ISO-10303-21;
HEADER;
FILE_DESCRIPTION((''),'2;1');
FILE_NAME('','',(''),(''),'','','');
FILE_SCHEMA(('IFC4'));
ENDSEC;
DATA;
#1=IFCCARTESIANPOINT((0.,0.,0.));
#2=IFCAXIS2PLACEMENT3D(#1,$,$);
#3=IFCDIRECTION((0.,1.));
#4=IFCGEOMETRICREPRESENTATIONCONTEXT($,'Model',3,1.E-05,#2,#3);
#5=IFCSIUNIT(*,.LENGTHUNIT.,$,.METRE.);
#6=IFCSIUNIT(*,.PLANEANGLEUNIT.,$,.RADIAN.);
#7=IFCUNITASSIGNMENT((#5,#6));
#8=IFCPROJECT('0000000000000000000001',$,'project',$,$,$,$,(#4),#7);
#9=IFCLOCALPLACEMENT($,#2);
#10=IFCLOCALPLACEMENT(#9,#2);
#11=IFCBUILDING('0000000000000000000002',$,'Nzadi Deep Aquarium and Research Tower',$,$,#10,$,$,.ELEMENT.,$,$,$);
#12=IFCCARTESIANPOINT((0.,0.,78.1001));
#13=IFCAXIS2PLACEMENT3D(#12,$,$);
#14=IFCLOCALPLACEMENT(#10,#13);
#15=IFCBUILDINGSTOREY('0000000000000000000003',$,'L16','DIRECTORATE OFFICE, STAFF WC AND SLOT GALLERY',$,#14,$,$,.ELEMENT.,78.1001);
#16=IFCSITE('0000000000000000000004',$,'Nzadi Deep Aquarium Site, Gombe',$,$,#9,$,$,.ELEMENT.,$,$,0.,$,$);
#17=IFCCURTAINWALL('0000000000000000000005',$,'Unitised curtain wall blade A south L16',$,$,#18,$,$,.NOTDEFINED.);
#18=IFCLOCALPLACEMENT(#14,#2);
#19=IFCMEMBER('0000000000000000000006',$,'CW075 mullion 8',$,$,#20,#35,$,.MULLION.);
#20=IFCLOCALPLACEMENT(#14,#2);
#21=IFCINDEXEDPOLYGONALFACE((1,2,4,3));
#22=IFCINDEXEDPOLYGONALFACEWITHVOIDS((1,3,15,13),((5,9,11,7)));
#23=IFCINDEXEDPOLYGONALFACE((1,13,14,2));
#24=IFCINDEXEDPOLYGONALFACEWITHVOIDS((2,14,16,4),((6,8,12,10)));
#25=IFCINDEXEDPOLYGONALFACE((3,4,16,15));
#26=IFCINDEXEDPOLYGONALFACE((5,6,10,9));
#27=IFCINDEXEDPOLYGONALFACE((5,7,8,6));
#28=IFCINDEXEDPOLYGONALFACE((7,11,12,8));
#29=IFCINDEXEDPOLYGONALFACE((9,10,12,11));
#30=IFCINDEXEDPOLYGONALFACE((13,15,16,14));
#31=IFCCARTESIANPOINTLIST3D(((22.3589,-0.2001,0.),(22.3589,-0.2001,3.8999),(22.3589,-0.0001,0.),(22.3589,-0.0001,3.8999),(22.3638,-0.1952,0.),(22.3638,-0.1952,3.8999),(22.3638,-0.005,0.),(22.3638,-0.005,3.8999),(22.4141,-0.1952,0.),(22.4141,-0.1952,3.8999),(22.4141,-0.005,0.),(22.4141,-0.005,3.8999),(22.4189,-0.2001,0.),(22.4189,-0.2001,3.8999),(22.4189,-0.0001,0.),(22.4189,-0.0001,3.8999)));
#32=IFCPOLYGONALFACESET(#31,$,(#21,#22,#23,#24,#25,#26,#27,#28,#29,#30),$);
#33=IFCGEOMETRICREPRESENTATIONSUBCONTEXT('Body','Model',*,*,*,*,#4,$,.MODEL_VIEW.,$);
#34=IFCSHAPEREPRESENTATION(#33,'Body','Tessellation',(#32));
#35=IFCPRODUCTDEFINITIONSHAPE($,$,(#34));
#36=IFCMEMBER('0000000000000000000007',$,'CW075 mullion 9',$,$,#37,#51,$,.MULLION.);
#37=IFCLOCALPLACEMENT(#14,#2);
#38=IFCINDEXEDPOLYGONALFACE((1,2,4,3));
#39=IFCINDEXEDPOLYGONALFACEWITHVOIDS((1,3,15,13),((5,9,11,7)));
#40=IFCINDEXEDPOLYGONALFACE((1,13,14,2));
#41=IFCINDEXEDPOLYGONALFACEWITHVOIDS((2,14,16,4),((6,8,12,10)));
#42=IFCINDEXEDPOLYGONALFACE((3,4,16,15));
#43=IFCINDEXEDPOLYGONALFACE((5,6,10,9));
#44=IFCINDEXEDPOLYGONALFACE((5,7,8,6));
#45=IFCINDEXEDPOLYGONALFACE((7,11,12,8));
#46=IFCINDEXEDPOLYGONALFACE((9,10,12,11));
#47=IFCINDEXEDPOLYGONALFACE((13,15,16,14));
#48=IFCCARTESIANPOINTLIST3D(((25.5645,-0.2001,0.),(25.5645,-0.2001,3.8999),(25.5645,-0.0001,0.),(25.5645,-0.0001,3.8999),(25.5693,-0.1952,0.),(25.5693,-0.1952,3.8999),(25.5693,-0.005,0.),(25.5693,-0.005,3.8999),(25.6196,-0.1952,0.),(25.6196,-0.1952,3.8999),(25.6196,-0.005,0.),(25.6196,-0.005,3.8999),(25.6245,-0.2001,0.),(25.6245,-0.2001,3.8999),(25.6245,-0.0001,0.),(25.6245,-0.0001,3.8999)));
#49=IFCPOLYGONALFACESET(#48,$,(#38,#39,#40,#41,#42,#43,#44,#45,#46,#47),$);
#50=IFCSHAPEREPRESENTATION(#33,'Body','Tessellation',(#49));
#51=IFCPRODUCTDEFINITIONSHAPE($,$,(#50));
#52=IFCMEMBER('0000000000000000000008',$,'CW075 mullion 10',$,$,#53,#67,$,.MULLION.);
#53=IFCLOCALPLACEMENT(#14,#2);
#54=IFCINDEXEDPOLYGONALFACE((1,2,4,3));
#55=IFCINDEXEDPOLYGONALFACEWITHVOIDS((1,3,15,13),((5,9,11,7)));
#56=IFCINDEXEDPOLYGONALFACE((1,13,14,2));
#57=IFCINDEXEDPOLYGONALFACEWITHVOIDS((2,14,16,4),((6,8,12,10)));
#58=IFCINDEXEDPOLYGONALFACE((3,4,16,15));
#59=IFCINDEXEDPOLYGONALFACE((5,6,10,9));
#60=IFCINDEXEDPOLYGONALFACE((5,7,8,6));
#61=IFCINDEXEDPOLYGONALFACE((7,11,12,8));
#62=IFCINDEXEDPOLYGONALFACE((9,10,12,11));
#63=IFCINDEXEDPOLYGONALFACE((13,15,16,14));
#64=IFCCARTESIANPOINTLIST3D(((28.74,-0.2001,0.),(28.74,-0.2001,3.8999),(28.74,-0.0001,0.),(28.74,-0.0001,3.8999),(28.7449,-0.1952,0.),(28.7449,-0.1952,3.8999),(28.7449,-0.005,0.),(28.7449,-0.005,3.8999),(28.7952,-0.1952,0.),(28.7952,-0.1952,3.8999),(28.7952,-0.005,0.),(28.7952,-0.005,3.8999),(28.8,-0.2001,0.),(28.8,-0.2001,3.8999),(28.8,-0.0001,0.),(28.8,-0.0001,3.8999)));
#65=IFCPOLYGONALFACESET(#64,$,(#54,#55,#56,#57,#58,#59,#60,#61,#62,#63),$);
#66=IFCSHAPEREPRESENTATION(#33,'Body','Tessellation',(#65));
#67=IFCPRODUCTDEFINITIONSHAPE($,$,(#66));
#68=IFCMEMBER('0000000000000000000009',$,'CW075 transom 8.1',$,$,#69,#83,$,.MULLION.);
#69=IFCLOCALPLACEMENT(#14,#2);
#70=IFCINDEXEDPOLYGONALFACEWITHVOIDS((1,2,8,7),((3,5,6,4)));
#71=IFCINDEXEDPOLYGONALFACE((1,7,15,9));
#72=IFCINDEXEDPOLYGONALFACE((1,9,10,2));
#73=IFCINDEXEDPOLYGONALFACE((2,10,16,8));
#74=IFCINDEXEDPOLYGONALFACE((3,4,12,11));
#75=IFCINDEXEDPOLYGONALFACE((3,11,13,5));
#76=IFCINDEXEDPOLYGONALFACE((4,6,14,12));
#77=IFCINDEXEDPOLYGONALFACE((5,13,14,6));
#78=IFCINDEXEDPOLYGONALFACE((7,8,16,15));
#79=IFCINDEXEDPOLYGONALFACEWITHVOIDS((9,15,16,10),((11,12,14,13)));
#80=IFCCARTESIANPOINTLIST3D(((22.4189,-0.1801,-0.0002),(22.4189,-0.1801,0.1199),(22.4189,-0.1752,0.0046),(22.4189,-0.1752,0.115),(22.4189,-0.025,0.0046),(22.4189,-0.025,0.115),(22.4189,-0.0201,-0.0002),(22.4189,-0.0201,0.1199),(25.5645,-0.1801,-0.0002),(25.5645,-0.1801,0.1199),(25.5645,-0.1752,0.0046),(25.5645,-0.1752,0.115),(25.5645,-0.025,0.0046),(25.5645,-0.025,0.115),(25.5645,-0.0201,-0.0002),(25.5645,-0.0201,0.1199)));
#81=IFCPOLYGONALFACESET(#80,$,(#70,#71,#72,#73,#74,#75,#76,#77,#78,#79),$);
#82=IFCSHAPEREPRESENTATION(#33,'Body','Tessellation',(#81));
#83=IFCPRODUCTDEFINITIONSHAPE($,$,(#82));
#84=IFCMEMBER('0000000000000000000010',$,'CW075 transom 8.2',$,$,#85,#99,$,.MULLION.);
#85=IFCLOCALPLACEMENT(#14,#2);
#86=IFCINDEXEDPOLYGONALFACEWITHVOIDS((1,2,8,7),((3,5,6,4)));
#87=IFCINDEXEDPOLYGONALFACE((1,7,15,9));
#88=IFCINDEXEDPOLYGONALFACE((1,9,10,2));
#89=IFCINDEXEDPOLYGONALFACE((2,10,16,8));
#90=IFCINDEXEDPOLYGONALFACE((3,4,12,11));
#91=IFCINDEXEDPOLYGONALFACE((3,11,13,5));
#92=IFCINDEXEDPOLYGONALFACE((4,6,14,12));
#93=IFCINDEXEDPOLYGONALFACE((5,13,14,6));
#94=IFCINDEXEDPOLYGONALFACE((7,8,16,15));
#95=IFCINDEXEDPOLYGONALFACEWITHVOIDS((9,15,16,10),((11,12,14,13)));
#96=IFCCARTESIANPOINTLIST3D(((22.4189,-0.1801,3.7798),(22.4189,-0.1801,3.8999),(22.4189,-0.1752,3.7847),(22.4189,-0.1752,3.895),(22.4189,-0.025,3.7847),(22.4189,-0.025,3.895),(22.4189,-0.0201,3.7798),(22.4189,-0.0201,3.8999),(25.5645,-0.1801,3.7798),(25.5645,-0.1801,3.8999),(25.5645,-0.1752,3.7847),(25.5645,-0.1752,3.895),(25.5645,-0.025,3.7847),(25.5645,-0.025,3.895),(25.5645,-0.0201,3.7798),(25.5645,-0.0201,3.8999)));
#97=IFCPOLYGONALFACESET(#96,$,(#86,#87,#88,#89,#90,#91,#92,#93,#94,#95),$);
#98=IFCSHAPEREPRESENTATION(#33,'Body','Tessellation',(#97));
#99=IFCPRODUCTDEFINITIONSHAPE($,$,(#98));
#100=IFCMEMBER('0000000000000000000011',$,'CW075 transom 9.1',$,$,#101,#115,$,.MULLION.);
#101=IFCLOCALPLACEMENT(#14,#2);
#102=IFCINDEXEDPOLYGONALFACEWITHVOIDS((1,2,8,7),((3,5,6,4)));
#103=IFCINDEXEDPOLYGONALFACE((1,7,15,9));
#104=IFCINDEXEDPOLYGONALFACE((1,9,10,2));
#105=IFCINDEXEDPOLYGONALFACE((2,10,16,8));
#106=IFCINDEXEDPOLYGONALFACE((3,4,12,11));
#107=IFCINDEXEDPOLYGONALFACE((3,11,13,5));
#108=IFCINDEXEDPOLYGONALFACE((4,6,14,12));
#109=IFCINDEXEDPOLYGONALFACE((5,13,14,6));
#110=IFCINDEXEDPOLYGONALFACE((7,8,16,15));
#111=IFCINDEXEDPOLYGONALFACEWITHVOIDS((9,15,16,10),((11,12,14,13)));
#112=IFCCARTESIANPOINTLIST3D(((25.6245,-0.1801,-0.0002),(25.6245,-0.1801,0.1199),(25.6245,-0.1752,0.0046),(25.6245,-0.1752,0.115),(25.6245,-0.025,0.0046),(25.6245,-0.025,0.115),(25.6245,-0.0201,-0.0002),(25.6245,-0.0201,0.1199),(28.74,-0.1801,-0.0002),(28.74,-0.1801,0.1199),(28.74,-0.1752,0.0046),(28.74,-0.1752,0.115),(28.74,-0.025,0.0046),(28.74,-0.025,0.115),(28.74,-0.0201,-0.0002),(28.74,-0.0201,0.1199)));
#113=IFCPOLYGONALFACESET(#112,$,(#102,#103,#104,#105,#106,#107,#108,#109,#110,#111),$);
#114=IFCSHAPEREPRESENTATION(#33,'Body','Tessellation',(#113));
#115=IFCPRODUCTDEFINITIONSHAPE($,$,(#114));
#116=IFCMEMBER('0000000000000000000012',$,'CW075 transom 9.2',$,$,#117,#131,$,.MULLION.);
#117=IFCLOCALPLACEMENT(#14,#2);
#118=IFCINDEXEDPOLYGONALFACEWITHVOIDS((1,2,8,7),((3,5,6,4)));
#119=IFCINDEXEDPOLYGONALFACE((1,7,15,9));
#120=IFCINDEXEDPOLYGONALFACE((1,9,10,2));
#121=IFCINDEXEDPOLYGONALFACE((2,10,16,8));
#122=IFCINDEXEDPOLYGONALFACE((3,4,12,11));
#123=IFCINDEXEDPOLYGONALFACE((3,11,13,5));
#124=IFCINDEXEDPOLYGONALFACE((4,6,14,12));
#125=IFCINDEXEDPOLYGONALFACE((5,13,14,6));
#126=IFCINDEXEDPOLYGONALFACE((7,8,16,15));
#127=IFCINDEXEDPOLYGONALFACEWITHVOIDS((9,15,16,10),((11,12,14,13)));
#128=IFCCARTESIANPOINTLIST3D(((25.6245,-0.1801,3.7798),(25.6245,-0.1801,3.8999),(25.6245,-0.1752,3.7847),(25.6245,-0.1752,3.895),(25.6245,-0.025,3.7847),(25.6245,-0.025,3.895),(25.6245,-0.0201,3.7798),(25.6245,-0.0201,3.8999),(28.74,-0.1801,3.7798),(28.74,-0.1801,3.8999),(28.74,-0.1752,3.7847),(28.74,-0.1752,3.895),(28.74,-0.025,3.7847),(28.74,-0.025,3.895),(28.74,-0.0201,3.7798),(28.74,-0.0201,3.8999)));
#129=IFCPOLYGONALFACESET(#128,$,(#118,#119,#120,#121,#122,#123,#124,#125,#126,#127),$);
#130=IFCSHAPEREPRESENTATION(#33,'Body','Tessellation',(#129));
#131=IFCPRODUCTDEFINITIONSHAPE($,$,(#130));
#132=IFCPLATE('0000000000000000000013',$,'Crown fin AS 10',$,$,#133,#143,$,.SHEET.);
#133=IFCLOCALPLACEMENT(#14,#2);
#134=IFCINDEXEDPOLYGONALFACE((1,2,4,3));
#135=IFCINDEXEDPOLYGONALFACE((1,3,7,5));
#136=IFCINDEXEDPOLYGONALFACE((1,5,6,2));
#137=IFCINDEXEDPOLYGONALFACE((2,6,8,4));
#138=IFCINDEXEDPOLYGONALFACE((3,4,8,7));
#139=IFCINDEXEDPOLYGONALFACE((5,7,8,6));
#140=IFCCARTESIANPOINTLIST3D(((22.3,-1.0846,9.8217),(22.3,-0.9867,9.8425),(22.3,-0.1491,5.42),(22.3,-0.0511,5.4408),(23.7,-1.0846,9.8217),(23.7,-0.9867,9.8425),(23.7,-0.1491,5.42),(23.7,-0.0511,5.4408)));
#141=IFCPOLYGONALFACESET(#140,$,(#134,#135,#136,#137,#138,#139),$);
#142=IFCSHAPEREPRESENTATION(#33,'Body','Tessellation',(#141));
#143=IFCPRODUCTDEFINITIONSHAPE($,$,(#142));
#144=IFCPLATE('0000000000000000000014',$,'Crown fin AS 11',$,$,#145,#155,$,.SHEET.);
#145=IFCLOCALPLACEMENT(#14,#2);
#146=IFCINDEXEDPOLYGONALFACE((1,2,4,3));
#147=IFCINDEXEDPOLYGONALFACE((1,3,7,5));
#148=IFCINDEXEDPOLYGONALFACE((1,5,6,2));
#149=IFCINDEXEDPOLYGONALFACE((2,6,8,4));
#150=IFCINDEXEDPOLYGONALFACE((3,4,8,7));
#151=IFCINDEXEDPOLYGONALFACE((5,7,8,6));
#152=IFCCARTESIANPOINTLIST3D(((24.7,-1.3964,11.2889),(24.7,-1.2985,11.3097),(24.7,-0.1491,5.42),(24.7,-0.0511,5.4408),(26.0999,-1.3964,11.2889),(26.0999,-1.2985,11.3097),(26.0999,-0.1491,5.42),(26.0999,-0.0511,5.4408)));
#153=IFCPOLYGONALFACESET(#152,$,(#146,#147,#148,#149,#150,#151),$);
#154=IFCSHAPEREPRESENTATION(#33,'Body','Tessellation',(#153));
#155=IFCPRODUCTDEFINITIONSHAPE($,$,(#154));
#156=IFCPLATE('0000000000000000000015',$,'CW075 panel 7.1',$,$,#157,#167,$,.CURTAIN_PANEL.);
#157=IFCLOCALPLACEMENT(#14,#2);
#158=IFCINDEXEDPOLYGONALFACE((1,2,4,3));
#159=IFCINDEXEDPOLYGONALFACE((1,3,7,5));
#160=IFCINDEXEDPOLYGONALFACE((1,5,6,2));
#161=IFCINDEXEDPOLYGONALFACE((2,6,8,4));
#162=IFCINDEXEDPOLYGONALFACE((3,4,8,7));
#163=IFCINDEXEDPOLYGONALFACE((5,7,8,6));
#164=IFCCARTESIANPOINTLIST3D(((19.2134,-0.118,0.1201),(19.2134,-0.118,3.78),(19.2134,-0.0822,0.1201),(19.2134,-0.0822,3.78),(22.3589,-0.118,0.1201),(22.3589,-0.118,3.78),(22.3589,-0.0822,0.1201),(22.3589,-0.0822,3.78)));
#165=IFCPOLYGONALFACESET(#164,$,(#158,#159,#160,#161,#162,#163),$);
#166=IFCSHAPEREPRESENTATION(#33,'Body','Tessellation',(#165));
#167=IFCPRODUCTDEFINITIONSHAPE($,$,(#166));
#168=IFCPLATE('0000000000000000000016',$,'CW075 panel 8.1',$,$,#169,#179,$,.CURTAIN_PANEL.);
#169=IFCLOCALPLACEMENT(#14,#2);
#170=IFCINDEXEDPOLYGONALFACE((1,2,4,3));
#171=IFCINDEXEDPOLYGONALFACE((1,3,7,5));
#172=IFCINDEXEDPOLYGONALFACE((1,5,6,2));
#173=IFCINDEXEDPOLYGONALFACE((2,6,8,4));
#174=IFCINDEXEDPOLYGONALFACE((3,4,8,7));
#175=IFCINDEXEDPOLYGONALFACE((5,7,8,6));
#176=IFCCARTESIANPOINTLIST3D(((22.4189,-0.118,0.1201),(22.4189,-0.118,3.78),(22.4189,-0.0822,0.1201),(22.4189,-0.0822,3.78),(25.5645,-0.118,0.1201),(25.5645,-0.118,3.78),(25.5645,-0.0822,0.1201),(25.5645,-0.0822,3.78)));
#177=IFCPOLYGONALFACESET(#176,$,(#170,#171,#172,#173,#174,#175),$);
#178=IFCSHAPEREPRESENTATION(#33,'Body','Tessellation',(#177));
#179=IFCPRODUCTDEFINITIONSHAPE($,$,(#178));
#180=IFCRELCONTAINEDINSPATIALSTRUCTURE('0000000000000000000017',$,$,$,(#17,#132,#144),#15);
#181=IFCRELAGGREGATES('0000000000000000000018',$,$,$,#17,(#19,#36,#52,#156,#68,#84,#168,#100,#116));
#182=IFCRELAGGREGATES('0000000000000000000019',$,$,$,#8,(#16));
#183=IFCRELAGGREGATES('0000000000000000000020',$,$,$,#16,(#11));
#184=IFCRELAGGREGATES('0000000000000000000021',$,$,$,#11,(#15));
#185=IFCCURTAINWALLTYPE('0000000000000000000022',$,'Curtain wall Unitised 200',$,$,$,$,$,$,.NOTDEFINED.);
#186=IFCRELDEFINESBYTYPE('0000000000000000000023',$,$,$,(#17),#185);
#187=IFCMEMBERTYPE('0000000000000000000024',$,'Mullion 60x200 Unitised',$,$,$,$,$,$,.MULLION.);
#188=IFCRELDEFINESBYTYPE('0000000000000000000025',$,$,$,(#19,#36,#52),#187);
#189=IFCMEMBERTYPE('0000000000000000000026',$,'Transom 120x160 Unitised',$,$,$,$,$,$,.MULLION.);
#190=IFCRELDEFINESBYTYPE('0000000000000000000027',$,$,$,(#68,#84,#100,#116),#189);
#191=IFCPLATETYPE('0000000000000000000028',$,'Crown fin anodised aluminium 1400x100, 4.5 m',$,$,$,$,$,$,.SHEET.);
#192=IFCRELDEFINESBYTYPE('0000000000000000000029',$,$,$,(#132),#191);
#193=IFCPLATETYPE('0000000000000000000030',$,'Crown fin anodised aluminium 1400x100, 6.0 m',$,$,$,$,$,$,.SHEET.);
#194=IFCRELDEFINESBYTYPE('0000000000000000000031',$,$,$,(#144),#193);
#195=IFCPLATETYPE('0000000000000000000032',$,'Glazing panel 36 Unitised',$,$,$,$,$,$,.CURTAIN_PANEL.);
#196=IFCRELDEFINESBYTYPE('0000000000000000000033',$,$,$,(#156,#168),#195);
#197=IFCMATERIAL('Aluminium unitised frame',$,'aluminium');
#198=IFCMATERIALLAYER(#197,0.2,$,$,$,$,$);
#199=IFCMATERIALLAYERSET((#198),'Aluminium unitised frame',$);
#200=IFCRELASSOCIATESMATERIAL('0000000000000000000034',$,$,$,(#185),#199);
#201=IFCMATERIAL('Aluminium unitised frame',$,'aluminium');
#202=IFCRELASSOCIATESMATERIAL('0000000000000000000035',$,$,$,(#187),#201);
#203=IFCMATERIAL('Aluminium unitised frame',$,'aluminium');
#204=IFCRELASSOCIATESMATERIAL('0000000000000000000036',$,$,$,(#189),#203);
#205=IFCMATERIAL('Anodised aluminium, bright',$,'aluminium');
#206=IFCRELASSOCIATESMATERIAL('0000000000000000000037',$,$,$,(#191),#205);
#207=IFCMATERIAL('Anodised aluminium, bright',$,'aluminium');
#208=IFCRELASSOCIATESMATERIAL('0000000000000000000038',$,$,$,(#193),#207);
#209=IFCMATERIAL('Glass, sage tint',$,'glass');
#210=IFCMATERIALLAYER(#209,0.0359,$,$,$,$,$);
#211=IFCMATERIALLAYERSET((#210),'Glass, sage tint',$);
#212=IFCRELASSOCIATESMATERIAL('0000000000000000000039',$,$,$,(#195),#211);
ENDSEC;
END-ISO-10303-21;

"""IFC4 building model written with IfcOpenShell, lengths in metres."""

from ifc_helpers import new_model, si_unit, direction, frame, origin, origin_2d, place, context, subcontext, project, spatial, rectangle, hollow_rectangle, extrude, material, layer, layer_set, material_profile, profile_set, type_object, element, aggregate, save


model = new_model("IFC4")

# Units and contexts
model_context = context("Model", 3, precision=1e-05, world=origin(), true_north=direction((0.0, 1.0)))
body_context = subcontext(model_context, "Body", "Model", "MODEL_VIEW")
ifc_project = project(units=[si_unit("LENGTHUNIT", "METRE"), si_unit("PLANEANGLEUNIT", "RADIAN")], contexts=[model_context])

# Site, building, storey
site_placement = place(None, origin())
site = spatial("IfcSite", under=ifc_project, at=site_placement, Name="Nzadi Deep Aquarium Site, Gombe", CompositionType="ELEMENT", RefElevation=0.0)
building_placement = place(site_placement, origin())
building = spatial("IfcBuilding", under=site, at=building_placement, Name="Nzadi Deep Aquarium and Research Tower", CompositionType="ELEMENT")
storey_placement = place(building_placement, frame((0.0, 0.0, 78.1001)))
storey = spatial("IfcBuildingStorey", under=building, at=storey_placement, Name="L16", Description="DIRECTORATE OFFICE, STAFF WC AND SLOT GALLERY", CompositionType="ELEMENT", Elevation=78.1001)

# Curtain wall, members
ifc_material_1 = material(Name="Aluminium unitised frame", Category="aluminium")
ifc_layer_1 = layer(ifc_material_1, 0.2)
ifc_layer_set_1 = layer_set([ifc_layer_1], Name="Aluminium unitised frame")
curtain_wall_type = type_object("IfcCurtainWallType", Name="Curtain wall Unitised 200", PredefinedType="NOTDEFINED", material=ifc_layer_set_1)
curtain_wall_placement = place(storey_placement, origin())
curtain_wall = element("IfcCurtainWall", 1, at=curtain_wall_placement, inside=storey, type_object=curtain_wall_type, Name="Unitised curtain wall blade A south L16", PredefinedType="NOTDEFINED")
ifc_material_2 = material(Name="Aluminium unitised frame", Category="aluminium")
ifc_material_profile_1 = material_profile(ifc_material_2, hollow_rectangle(XDim=0.2, YDim=0.0601, WallThickness=0.0049, at=origin_2d()))
ifc_profile_set_1 = profile_set([ifc_material_profile_1], Name="Aluminium unitised frame")
member_type_1 = type_object("IfcMemberType", Name="Mullion 60x200 Unitised", PredefinedType="MULLION", material=ifc_profile_set_1)
member_1_placement = place(storey_placement, frame((22.3889, -0.1001, 0.0), z_axis=(0.0, 0.0, 1.0), x_axis=(0.0, 1.0, 0.0)))
member_1 = element("IfcMember", 2, at=member_1_placement, type_object=member_type_1, Name="CW075 mullion 8", PredefinedType="MULLION", context=body_context, shape_type="SweptSolid", body=[
    extrude(hollow_rectangle(XDim=0.2, YDim=0.0601, WallThickness=0.0049, at=origin_2d()), origin(), (0.0, 0.0, 1.0), 3.8999),
])
member_2_placement = place(storey_placement, frame((25.5945, -0.1001, 0.0), z_axis=(0.0, 0.0, 1.0), x_axis=(0.0, 1.0, 0.0)))
member_2 = element("IfcMember", 3, at=member_2_placement, type_object=member_type_1, Name="CW075 mullion 9", PredefinedType="MULLION", context=body_context, shape_type="SweptSolid", body=[
    extrude(hollow_rectangle(XDim=0.2, YDim=0.0601, WallThickness=0.0049, at=origin_2d()), origin(), (0.0, 0.0, 1.0), 3.8999),
])
member_3_placement = place(storey_placement, frame((28.77, -0.1001, 0.0), z_axis=(0.0, 0.0, 1.0), x_axis=(0.0, 1.0, 0.0)))
member_3 = element("IfcMember", 4, at=member_3_placement, type_object=member_type_1, Name="CW075 mullion 10", PredefinedType="MULLION", context=body_context, shape_type="SweptSolid", body=[
    extrude(hollow_rectangle(XDim=0.2, YDim=0.0601, WallThickness=0.0049, at=origin_2d()), origin(), (0.0, 0.0, 1.0), 3.8999),
])
ifc_material_3 = material(Name="Aluminium unitised frame", Category="aluminium")
ifc_material_profile_2 = material_profile(ifc_material_3, hollow_rectangle(XDim=0.1599, YDim=0.1201, WallThickness=0.0049, at=origin_2d()))
ifc_profile_set_2 = profile_set([ifc_material_profile_2], Name="Aluminium unitised frame")
member_type_2 = type_object("IfcMemberType", Name="Transom 120x160 Unitised", PredefinedType="MULLION", material=ifc_profile_set_2)
member_4_placement = place(storey_placement, frame((22.4189, -0.1001, 0.0598), z_axis=(1.0, 0.0, 0.0), x_axis=(0.0, 1.0, 0.0)))
member_4 = element("IfcMember", 5, at=member_4_placement, type_object=member_type_2, Name="CW075 transom 8.1", PredefinedType="MULLION", context=body_context, shape_type="SweptSolid", body=[
    extrude(hollow_rectangle(XDim=0.1599, YDim=0.1201, WallThickness=0.0049, at=origin_2d()), origin(), (0.0, 0.0, 1.0), 3.1455),
])
member_5_placement = place(storey_placement, frame((22.4189, -0.1001, 3.8398), z_axis=(1.0, 0.0, 0.0), x_axis=(0.0, 1.0, 0.0)))
member_5 = element("IfcMember", 6, at=member_5_placement, type_object=member_type_2, Name="CW075 transom 8.2", PredefinedType="MULLION", context=body_context, shape_type="SweptSolid", body=[
    extrude(hollow_rectangle(XDim=0.1599, YDim=0.1201, WallThickness=0.0049, at=origin_2d()), origin(), (0.0, 0.0, 1.0), 3.1455),
])
member_6_placement = place(storey_placement, frame((25.6245, -0.1001, 0.0598), z_axis=(1.0, 0.0, 0.0), x_axis=(0.0, 1.0, 0.0)))
member_6 = element("IfcMember", 7, at=member_6_placement, type_object=member_type_2, Name="CW075 transom 9.1", PredefinedType="MULLION", context=body_context, shape_type="SweptSolid", body=[
    extrude(hollow_rectangle(XDim=0.1599, YDim=0.1201, WallThickness=0.0049, at=origin_2d()), origin(), (0.0, 0.0, 1.0), 3.1155),
])
member_7_placement = place(storey_placement, frame((25.6245, -0.1001, 3.8398), z_axis=(1.0, 0.0, 0.0), x_axis=(0.0, 1.0, 0.0)))
member_7 = element("IfcMember", 8, at=member_7_placement, type_object=member_type_2, Name="CW075 transom 9.2", PredefinedType="MULLION", context=body_context, shape_type="SweptSolid", body=[
    extrude(hollow_rectangle(XDim=0.1599, YDim=0.1201, WallThickness=0.0049, at=origin_2d()), origin(), (0.0, 0.0, 1.0), 3.1155),
])

# Plates
ifc_material_4 = material(Name="Anodised aluminium, bright", Category="aluminium")
ifc_material_profile_3 = material_profile(ifc_material_4, rectangle(XDim=1.3999, YDim=0.1001, at=origin_2d()))
ifc_profile_set_3 = profile_set([ifc_material_profile_3], Name="Anodised aluminium, bright")
plate_type_1 = type_object("IfcPlateType", Name="Crown fin anodised aluminium 1400x100, 4.5 m", PredefinedType="SHEET", material=ifc_profile_set_3)
plate_1_placement = place(storey_placement, frame((23.0, -0.1001, 5.4304), z_axis=(0.0, -0.207902, 0.97815), x_axis=(1.0, 0.0, 0.0)))
element("IfcPlate", 9, at=plate_1_placement, inside=storey, type_object=plate_type_1, Name="Crown fin AS 10", PredefinedType="SHEET", context=body_context, shape_type="SweptSolid", body=[
    extrude(rectangle(XDim=1.3999, YDim=0.1001, at=origin_2d()), origin(), (0.0, 0.0, 1.0), 4.5),
])
ifc_material_5 = material(Name="Anodised aluminium, bright", Category="aluminium")
ifc_material_profile_4 = material_profile(ifc_material_5, rectangle(XDim=1.3999, YDim=0.1001, at=origin_2d()))
ifc_profile_set_4 = profile_set([ifc_material_profile_4], Name="Anodised aluminium, bright")
plate_type_2 = type_object("IfcPlateType", Name="Crown fin anodised aluminium 1400x100, 6.0 m", PredefinedType="SHEET", material=ifc_profile_set_4)
plate_2_placement = place(storey_placement, frame((25.3999, -0.1001, 5.4304), z_axis=(0.0, -0.207886, 0.978153), x_axis=(1.0, 0.0, 0.0)))
element("IfcPlate", 10, at=plate_2_placement, inside=storey, type_object=plate_type_2, Name="Crown fin AS 11", PredefinedType="SHEET", context=body_context, shape_type="SweptSolid", body=[
    extrude(rectangle(XDim=1.3999, YDim=0.1001, at=origin_2d()), origin(), (0.0, 0.0, 1.0), 6.0),
])

# Plates
ifc_material_6 = material(Name="Glass, sage tint", Category="glass")
ifc_layer_2 = layer(ifc_material_6, 0.0359)
ifc_layer_set_2 = layer_set([ifc_layer_2], Name="Glass, sage tint")
plate_type_3 = type_object("IfcPlateType", Name="Glazing panel 36 Unitised", PredefinedType="CURTAIN_PANEL", material=ifc_layer_set_2)
plate_3_placement = place(storey_placement, frame((20.7861, -0.1001, 0.1201), z_axis=(0.0, 0.0, 1.0), x_axis=(1.0, 0.0, 0.0)))
plate_3 = element("IfcPlate", 11, at=plate_3_placement, type_object=plate_type_3, Name="CW075 panel 7.1", PredefinedType="CURTAIN_PANEL", context=body_context, shape_type="SweptSolid", body=[
    extrude(rectangle(XDim=3.1455, YDim=0.0359, at=origin_2d()), origin(), (0.0, 0.0, 1.0), 3.6599),
])
plate_4_placement = place(storey_placement, frame((23.9917, -0.1001, 0.1201), z_axis=(0.0, 0.0, 1.0), x_axis=(1.0, 0.0, 0.0)))
plate_4 = element("IfcPlate", 12, at=plate_4_placement, type_object=plate_type_3, Name="CW075 panel 8.1", PredefinedType="CURTAIN_PANEL", context=body_context, shape_type="SweptSolid", body=[
    extrude(rectangle(XDim=3.1455, YDim=0.0359, at=origin_2d()), origin(), (0.0, 0.0, 1.0), 3.6599),
])
aggregate(curtain_wall, [member_1, member_2, member_3, plate_3, member_4, member_5, plate_4, member_6, member_7])

save(model, "model.ifc")
